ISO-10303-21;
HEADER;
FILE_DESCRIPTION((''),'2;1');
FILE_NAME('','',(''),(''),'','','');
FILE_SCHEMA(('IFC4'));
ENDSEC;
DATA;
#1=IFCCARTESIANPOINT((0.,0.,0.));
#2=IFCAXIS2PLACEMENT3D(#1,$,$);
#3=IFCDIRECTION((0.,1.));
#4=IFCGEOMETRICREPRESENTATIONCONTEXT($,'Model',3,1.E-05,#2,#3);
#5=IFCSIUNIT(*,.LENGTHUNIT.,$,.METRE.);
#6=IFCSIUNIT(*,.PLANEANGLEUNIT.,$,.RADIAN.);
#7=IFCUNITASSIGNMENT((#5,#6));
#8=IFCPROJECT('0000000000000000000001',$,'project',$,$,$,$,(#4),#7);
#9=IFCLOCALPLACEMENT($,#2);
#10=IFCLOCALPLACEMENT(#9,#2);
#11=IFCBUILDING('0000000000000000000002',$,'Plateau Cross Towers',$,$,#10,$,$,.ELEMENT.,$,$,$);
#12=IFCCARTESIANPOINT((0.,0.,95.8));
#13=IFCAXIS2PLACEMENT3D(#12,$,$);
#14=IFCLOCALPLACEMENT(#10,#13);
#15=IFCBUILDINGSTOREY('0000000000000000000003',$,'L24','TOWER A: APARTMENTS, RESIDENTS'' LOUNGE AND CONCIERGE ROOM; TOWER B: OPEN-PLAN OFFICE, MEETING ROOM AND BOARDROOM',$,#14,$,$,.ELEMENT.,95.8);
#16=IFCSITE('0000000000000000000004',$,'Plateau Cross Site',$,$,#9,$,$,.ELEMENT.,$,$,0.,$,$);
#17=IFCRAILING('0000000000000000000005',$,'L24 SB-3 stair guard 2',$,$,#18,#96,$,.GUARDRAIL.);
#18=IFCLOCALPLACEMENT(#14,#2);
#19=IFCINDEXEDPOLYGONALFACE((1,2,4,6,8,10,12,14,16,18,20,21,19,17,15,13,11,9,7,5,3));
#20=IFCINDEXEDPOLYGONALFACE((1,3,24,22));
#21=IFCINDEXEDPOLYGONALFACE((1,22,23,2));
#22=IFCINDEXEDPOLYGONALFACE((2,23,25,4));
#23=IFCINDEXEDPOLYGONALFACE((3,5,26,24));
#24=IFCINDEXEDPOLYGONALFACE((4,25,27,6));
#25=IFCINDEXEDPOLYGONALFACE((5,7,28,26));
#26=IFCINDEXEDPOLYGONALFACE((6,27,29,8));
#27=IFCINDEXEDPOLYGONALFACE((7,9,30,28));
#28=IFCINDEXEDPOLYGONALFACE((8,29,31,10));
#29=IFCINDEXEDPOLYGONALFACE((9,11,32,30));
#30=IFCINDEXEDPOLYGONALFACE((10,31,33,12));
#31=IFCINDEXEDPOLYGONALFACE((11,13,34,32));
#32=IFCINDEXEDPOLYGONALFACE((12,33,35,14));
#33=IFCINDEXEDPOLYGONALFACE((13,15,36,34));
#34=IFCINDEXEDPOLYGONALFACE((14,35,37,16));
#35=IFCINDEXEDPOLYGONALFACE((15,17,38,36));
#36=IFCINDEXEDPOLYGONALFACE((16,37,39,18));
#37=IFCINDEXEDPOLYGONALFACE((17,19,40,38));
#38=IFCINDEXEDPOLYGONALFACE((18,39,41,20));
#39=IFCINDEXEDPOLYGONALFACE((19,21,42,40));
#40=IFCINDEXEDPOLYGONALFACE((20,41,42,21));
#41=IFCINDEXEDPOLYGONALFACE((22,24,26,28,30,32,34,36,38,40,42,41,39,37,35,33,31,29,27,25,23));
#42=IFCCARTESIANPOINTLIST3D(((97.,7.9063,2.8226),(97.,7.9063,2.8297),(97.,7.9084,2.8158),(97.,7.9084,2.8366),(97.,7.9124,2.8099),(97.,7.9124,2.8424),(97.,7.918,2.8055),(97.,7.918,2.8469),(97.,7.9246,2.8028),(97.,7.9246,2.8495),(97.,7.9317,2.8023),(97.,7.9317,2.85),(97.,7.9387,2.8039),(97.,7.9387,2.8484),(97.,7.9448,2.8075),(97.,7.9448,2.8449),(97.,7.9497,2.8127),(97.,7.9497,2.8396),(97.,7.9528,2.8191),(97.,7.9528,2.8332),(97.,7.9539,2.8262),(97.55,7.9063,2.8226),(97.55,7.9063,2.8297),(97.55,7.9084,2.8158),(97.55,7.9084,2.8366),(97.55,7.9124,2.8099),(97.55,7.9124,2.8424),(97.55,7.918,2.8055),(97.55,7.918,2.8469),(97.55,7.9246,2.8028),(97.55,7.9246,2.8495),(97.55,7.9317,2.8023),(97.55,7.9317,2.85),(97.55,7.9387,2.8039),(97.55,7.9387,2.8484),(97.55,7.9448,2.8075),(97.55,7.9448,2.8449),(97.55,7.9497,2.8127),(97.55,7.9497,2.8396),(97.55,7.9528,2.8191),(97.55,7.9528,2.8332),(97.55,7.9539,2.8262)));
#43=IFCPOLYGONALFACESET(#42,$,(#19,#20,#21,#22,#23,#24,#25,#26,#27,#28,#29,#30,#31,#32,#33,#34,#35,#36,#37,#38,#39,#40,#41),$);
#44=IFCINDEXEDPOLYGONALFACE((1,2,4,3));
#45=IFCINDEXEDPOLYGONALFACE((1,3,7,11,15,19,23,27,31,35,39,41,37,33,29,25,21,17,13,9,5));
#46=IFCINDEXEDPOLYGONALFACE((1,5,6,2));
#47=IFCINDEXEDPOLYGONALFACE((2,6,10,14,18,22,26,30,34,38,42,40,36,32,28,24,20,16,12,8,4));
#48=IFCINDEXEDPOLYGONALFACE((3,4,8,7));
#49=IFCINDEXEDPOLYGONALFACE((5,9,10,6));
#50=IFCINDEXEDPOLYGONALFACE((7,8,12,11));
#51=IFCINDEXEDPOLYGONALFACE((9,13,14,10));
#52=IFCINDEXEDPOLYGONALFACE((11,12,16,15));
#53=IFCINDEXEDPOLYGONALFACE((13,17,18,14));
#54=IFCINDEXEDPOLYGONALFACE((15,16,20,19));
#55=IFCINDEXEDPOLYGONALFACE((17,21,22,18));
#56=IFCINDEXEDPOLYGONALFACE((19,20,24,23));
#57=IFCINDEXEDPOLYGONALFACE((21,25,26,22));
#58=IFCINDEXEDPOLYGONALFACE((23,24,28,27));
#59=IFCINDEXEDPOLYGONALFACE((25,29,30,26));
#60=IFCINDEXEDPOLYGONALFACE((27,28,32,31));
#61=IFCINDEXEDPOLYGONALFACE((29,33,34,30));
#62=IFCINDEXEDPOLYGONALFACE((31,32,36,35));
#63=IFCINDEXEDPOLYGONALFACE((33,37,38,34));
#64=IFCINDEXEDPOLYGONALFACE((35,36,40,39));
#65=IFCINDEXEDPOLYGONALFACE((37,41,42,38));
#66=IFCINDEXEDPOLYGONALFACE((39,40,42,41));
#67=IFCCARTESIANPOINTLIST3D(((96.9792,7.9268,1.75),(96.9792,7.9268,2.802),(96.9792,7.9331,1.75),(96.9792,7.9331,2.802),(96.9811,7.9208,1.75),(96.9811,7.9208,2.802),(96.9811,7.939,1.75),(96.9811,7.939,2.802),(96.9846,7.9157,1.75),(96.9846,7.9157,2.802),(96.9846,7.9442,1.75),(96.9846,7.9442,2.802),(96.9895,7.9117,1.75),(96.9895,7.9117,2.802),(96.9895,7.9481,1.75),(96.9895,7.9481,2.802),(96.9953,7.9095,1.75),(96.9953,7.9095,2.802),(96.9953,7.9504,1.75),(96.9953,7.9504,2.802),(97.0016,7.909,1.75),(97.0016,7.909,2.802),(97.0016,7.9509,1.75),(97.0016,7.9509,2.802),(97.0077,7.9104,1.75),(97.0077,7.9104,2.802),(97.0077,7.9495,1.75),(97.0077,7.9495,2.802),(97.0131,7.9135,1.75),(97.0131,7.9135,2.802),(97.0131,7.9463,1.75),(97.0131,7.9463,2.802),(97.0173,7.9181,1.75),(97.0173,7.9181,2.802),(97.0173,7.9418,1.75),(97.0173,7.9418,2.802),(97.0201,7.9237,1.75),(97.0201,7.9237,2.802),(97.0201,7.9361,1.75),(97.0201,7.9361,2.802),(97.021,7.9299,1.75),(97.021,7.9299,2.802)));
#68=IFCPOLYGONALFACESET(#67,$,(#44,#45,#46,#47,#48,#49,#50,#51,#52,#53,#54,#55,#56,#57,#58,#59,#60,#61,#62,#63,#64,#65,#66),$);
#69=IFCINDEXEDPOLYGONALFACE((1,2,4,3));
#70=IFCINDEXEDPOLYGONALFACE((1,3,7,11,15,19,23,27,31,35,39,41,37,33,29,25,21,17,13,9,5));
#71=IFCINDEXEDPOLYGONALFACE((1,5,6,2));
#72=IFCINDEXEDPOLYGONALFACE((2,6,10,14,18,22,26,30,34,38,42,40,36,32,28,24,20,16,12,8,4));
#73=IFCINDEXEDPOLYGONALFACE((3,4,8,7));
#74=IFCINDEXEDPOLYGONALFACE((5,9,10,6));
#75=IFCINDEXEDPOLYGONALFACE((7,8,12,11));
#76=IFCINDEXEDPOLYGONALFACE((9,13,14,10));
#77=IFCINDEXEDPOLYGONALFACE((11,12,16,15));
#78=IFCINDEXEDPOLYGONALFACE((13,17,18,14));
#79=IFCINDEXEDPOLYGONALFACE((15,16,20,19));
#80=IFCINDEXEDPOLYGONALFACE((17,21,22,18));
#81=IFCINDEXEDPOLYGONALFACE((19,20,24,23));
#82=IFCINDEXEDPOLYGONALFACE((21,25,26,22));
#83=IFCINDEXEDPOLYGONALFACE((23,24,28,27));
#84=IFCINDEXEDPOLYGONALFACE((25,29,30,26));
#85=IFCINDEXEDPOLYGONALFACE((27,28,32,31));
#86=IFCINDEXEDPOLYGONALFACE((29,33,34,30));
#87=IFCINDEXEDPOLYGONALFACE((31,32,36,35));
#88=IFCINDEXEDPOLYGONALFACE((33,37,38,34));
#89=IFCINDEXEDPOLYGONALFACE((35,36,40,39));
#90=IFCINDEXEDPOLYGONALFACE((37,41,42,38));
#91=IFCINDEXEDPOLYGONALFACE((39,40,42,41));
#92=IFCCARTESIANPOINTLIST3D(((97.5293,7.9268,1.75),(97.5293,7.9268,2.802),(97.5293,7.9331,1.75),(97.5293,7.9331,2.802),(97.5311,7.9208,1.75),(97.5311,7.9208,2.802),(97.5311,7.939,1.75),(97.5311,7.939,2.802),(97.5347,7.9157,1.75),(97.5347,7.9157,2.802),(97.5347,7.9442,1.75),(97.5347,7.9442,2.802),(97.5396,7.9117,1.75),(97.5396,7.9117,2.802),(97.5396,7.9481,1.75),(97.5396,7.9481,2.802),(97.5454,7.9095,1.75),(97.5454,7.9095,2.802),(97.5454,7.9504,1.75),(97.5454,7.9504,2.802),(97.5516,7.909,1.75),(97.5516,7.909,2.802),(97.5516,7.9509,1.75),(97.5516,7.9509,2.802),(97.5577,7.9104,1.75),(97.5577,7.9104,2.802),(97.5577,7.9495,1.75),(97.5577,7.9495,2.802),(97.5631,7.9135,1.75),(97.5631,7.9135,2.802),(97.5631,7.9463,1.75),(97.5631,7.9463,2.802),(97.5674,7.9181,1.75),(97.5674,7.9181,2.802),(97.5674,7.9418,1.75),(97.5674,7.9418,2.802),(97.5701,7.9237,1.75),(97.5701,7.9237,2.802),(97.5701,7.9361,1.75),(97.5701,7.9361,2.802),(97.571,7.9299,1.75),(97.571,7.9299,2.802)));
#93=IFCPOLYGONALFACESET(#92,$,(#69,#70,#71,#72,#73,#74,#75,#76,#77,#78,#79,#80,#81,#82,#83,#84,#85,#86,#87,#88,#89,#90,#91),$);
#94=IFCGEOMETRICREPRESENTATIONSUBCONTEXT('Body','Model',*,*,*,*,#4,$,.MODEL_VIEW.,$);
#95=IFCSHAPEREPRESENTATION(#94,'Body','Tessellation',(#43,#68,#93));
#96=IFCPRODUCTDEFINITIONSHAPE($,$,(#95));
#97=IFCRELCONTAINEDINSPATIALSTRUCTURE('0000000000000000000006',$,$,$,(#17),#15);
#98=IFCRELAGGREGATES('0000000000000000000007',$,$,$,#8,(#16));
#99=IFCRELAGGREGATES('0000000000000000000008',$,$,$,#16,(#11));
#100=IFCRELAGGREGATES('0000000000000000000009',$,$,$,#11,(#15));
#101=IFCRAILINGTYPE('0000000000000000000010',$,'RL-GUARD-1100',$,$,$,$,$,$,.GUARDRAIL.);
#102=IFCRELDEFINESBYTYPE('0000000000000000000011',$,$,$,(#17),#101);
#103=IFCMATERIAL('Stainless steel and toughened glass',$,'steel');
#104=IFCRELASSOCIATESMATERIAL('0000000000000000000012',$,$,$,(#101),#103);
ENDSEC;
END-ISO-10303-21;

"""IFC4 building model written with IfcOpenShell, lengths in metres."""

from ifc_helpers import new_model, si_unit, direction, frame, origin, origin_2d, place, context, subcontext, project, spatial, circle, extrude, material, type_object, element, save


model = new_model("IFC4")

# Units and contexts
model_context = context("Model", 3, precision=1e-05, world=origin(), true_north=direction((0.0, 1.0)))
body_context = subcontext(model_context, "Body", "Model", "MODEL_VIEW")
ifc_project = project(units=[si_unit("LENGTHUNIT", "METRE"), si_unit("PLANEANGLEUNIT", "RADIAN")], contexts=[model_context])

# Site, building, storey
site_placement = place(None, origin())
site = spatial("IfcSite", under=ifc_project, at=site_placement, Name="Plateau Cross Site", CompositionType="ELEMENT", RefElevation=0.0)
building_placement = place(site_placement, origin())
building = spatial("IfcBuilding", under=site, at=building_placement, Name="Plateau Cross Towers", CompositionType="ELEMENT")
storey_placement = place(building_placement, frame((0.0, 0.0, 95.8)))
storey = spatial("IfcBuildingStorey", under=building, at=storey_placement, Name="L24", Description="TOWER A: APARTMENTS, RESIDENTS' LOUNGE AND CONCIERGE ROOM; TOWER B: OPEN-PLAN OFFICE, MEETING ROOM AND BOARDROOM", CompositionType="ELEMENT", Elevation=95.8)

# Railing
ifc_material_1 = material(Name="Stainless steel and toughened glass", Category="steel")
railing_type_1 = type_object("IfcRailingType", Name="RL-GUARD-1100", PredefinedType="GUARDRAIL", material=ifc_material_1)
railing_1_placement = place(storey_placement, frame((97.0, 7.9299, 1.75)))
element("IfcRailing", 1, at=railing_1_placement, inside=storey, type_object=railing_type_1, Name="L24 SB-3 stair guard 2", PredefinedType="GUARDRAIL", context=body_context, shape_type="SweptSolid", body=[
    extrude(circle(Radius=0.0239, at=origin_2d()), frame((0.0, 0.0, 1.0762), z_axis=(1.0, 0.0, 0.0), x_axis=(0.0, 1.0, 0.0)), (0.0, 0.0, 1.0), 0.55),
    extrude(circle(Radius=0.021, at=origin_2d()), origin(), (0.0, 0.0, 1.0), 1.052),
    extrude(circle(Radius=0.021, at=origin_2d()), frame((0.55, 0.0, 0.0)), (0.0, 0.0, 1.0), 1.052),
])

save(model, "model.ifc")
